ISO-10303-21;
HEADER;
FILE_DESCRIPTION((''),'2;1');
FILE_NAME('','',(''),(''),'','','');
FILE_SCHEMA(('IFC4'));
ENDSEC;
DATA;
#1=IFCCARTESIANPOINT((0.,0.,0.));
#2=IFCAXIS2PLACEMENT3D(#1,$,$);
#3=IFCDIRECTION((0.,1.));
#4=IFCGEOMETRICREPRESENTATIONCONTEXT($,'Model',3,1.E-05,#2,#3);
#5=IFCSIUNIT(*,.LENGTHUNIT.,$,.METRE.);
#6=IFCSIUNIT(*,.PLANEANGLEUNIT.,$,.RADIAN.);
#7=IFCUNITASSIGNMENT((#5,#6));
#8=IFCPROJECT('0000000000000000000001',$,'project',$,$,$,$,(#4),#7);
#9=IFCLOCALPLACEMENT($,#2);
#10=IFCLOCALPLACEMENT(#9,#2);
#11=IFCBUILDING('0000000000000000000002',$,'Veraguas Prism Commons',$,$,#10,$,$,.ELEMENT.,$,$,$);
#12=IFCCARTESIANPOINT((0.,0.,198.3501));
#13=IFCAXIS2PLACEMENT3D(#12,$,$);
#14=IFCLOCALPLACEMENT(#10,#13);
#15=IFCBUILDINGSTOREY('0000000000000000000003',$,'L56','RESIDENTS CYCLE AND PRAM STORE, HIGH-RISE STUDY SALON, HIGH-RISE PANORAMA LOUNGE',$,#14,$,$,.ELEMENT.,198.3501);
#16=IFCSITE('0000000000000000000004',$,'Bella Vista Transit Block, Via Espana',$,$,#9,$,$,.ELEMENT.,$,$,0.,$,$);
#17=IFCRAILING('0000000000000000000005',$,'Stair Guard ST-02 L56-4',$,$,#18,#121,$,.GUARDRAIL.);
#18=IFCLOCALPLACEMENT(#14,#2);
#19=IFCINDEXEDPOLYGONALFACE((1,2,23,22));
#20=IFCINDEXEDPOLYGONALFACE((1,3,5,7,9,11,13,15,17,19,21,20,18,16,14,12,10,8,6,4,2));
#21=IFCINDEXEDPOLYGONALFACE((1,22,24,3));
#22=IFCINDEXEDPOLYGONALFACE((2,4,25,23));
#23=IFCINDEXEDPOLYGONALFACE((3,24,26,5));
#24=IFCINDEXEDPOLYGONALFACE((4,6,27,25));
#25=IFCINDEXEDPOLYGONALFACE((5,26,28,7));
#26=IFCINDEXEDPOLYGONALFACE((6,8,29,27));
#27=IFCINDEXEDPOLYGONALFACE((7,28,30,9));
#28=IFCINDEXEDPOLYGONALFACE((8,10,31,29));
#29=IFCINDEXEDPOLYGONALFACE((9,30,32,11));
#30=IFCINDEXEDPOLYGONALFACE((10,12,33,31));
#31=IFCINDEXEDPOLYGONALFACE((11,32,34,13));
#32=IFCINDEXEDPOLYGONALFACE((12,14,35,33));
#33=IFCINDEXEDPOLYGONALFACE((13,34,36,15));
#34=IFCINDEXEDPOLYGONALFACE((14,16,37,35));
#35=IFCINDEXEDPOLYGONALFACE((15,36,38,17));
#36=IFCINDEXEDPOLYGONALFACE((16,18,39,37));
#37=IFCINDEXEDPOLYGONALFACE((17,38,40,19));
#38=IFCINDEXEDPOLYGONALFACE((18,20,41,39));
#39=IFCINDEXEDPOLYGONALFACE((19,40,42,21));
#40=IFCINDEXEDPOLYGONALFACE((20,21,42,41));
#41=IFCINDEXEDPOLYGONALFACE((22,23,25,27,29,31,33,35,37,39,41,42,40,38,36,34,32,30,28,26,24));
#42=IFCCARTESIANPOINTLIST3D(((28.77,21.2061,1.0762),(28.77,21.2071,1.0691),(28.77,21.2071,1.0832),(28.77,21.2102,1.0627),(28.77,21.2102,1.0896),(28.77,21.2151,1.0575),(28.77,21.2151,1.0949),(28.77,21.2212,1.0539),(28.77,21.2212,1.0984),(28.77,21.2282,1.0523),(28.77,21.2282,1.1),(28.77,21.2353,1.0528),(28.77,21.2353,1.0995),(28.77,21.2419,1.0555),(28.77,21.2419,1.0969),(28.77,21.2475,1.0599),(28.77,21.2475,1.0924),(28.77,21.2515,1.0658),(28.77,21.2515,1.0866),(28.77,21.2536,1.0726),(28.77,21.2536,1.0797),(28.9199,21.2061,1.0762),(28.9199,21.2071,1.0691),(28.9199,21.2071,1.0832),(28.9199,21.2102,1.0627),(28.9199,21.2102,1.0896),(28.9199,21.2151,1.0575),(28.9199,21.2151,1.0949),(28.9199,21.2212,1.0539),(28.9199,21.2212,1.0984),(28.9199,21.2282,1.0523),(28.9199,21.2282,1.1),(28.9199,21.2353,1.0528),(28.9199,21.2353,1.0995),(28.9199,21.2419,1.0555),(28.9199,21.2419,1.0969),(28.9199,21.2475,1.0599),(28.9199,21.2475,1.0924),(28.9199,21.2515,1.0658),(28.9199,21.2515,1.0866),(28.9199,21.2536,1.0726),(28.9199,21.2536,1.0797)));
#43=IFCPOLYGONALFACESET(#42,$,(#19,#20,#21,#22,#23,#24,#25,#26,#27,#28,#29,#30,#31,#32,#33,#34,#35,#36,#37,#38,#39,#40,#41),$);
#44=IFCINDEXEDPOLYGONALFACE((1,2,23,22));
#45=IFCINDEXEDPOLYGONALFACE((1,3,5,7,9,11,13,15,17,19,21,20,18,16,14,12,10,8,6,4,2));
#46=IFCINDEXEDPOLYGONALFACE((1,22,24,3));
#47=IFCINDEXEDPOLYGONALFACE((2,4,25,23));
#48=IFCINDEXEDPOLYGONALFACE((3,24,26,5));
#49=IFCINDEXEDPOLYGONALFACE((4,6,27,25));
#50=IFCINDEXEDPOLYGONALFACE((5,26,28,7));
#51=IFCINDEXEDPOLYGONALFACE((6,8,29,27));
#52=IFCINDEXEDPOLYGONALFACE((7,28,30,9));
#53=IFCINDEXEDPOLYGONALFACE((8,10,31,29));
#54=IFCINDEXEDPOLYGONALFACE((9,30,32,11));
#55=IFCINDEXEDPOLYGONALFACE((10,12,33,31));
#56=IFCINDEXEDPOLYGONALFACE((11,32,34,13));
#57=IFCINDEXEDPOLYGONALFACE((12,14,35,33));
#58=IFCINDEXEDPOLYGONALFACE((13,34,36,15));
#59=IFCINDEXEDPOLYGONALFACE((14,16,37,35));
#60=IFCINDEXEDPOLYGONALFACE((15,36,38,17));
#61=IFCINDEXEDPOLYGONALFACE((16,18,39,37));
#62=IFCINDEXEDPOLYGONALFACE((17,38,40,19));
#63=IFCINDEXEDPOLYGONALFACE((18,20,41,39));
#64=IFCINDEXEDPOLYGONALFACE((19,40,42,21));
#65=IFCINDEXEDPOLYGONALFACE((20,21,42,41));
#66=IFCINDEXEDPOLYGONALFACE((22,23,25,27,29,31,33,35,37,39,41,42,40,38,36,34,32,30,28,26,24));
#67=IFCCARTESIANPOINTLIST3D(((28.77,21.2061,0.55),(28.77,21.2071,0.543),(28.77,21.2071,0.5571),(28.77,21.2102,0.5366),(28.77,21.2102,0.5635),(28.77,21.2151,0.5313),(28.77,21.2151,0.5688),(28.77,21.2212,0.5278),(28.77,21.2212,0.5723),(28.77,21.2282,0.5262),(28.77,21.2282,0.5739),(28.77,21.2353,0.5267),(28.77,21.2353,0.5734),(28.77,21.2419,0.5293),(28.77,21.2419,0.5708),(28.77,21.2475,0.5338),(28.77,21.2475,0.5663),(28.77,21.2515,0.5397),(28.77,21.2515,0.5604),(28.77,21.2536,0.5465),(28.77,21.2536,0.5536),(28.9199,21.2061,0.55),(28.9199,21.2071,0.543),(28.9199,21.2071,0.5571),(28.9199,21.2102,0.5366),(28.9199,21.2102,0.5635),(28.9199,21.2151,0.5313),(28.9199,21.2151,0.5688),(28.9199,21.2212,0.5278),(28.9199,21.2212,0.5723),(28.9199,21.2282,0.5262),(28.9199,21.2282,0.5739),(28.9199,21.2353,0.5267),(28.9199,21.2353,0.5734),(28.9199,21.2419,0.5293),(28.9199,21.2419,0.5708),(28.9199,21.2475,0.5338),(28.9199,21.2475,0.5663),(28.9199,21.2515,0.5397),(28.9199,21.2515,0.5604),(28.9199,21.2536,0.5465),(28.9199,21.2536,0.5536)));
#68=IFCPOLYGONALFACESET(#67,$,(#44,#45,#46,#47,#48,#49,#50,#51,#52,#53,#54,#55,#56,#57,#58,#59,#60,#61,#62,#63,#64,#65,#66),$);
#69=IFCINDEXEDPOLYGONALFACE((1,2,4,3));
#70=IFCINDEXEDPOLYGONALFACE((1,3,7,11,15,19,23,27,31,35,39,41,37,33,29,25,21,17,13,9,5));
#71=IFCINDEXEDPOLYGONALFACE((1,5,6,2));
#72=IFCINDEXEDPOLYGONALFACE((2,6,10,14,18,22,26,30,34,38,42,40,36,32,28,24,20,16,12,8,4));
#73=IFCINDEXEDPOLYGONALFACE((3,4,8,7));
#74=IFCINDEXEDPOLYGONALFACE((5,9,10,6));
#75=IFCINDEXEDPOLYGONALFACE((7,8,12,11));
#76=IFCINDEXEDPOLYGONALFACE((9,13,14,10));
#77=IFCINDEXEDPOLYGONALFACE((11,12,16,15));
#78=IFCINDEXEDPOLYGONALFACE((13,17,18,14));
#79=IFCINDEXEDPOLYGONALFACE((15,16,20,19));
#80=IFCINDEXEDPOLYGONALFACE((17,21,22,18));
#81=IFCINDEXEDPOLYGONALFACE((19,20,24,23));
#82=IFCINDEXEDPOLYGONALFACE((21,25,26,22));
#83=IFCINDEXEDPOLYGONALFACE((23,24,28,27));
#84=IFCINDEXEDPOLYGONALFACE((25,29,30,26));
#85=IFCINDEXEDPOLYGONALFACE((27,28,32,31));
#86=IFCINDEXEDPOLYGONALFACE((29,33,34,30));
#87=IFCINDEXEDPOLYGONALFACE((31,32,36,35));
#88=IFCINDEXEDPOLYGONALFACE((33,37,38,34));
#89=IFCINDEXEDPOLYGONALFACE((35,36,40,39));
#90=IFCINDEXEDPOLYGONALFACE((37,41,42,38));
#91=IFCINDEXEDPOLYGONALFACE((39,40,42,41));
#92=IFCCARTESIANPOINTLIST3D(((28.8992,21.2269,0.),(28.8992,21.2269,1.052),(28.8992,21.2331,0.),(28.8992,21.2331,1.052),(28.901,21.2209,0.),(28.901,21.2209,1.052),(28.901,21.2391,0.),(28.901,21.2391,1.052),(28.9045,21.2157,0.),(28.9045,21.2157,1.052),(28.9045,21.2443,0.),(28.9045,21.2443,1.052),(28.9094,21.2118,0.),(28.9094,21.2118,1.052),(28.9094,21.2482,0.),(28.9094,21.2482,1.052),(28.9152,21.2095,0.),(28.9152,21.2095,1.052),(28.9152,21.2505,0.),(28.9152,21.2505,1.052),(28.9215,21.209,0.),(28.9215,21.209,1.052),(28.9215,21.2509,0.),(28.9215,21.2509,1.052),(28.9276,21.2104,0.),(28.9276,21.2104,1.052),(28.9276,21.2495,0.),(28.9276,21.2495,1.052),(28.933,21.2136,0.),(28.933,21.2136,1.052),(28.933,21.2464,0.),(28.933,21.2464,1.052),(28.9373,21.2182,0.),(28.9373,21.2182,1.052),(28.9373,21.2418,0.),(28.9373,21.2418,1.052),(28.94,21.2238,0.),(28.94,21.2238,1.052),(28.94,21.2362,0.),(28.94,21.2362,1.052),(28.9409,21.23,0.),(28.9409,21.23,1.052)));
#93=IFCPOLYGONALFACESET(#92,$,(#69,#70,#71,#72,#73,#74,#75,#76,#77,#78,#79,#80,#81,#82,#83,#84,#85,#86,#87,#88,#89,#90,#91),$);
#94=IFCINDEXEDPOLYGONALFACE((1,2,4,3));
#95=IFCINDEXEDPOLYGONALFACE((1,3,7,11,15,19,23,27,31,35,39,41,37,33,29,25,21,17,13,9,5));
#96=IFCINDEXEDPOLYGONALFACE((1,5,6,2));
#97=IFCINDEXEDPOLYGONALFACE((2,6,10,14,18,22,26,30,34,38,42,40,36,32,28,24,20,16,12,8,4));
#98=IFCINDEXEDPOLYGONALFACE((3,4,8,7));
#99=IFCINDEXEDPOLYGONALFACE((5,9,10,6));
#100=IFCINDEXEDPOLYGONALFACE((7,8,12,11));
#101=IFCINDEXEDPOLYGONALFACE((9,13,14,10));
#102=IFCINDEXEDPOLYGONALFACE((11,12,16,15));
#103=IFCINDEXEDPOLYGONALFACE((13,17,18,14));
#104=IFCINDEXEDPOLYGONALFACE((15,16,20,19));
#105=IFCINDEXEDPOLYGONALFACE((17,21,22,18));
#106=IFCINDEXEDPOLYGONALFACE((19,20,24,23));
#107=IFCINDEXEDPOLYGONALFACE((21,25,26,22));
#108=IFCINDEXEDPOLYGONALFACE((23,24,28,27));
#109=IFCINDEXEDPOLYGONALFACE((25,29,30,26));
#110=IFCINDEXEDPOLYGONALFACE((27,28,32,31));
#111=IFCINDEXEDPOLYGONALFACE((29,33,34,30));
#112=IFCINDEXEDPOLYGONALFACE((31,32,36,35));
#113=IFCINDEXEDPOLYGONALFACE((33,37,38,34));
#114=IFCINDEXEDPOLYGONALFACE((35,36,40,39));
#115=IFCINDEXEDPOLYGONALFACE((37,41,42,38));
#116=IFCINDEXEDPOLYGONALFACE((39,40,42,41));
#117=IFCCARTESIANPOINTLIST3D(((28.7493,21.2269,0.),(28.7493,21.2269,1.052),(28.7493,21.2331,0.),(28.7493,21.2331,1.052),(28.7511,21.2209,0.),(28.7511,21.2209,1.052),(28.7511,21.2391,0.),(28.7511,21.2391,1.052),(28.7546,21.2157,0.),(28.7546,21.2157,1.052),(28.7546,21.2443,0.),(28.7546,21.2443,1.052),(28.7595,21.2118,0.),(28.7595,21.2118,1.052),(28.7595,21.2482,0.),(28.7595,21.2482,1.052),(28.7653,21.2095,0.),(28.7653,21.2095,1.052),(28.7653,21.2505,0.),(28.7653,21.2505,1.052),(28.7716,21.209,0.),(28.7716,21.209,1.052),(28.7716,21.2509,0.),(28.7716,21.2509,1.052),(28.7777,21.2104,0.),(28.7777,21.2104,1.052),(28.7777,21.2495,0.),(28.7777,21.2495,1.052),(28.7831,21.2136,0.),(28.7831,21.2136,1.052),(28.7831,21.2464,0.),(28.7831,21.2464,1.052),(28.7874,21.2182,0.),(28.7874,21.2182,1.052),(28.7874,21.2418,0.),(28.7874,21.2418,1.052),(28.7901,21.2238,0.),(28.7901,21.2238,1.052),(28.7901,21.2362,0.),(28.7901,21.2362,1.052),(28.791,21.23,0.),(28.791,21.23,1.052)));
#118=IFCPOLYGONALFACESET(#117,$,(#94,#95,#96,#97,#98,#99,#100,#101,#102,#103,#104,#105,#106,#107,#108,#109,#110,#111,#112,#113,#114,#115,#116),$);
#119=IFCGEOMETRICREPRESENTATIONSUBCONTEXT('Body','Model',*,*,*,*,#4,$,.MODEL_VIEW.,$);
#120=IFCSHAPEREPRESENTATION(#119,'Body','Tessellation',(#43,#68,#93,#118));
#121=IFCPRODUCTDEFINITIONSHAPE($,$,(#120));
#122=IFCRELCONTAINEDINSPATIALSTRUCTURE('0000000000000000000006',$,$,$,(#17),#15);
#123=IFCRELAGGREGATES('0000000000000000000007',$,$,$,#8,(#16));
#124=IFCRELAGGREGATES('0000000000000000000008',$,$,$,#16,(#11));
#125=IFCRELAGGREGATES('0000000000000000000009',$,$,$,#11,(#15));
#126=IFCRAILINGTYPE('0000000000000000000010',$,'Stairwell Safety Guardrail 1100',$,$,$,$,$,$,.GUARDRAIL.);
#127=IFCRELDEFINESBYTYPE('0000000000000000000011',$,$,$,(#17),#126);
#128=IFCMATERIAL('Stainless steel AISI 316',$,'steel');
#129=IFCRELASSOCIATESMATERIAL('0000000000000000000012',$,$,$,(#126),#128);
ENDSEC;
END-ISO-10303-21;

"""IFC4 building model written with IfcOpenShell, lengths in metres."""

from ifc_helpers import new_model, si_unit, direction, frame, origin, origin_2d, place, context, subcontext, project, spatial, circle, extrude, material, type_object, element, save


model = new_model("IFC4")

# Units and contexts
model_context = context("Model", 3, precision=1e-05, world=origin(), true_north=direction((0.0, 1.0)))
body_context = subcontext(model_context, "Body", "Model", "MODEL_VIEW")
ifc_project = project(units=[si_unit("LENGTHUNIT", "METRE"), si_unit("PLANEANGLEUNIT", "RADIAN")], contexts=[model_context])

# Site, building, storey
site_placement = place(None, origin())
site = spatial("IfcSite", under=ifc_project, at=site_placement, Name="Bella Vista Transit Block, Via Espana", CompositionType="ELEMENT", RefElevation=0.0)
building_placement = place(site_placement, origin())
building = spatial("IfcBuilding", under=site, at=building_placement, Name="Veraguas Prism Commons", CompositionType="ELEMENT")
storey_placement = place(building_placement, frame((0.0, 0.0, 198.3501)))
storey = spatial("IfcBuildingStorey", under=building, at=storey_placement, Name="L56", Description="RESIDENTS CYCLE AND PRAM STORE, HIGH-RISE STUDY SALON, HIGH-RISE PANORAMA LOUNGE", CompositionType="ELEMENT", Elevation=198.3501)

# Shared definitions
ifc_material_1 = material(Name="Stainless steel AISI 316", Category="steel")

# Railing
railing_type = type_object("IfcRailingType", Name="Stairwell Safety Guardrail 1100", PredefinedType="GUARDRAIL", material=ifc_material_1)
railing_1_placement = place(storey_placement, frame((28.9199, 21.23, 0.0)))
element("IfcRailing", 1, at=railing_1_placement, inside=storey, type_object=railing_type, Name="Stair Guard ST-02 L56-4", PredefinedType="GUARDRAIL", context=body_context, shape_type="SweptSolid", body=[
    extrude(circle(Radius=0.0239, at=origin_2d()), frame((0.0, 0.0, 1.0762), z_axis=(-1.0, 0.0, 0.0), x_axis=(0.0, -1.0, 0.0)), (0.0, 0.0, 1.0), 0.1499),
    extrude(circle(Radius=0.0239, at=origin_2d()), frame((0.0, 0.0, 0.55), z_axis=(-1.0, 0.0, 0.0), x_axis=(0.0, -1.0, 0.0)), (0.0, 0.0, 1.0), 0.1499),
    extrude(circle(Radius=0.021, at=origin_2d()), origin(), (0.0, 0.0, 1.0), 1.052),
    extrude(circle(Radius=0.021, at=origin_2d()), frame((-0.1499, 0.0, 0.0)), (0.0, 0.0, 1.0), 1.052),
])

save(model, "model.ifc")
